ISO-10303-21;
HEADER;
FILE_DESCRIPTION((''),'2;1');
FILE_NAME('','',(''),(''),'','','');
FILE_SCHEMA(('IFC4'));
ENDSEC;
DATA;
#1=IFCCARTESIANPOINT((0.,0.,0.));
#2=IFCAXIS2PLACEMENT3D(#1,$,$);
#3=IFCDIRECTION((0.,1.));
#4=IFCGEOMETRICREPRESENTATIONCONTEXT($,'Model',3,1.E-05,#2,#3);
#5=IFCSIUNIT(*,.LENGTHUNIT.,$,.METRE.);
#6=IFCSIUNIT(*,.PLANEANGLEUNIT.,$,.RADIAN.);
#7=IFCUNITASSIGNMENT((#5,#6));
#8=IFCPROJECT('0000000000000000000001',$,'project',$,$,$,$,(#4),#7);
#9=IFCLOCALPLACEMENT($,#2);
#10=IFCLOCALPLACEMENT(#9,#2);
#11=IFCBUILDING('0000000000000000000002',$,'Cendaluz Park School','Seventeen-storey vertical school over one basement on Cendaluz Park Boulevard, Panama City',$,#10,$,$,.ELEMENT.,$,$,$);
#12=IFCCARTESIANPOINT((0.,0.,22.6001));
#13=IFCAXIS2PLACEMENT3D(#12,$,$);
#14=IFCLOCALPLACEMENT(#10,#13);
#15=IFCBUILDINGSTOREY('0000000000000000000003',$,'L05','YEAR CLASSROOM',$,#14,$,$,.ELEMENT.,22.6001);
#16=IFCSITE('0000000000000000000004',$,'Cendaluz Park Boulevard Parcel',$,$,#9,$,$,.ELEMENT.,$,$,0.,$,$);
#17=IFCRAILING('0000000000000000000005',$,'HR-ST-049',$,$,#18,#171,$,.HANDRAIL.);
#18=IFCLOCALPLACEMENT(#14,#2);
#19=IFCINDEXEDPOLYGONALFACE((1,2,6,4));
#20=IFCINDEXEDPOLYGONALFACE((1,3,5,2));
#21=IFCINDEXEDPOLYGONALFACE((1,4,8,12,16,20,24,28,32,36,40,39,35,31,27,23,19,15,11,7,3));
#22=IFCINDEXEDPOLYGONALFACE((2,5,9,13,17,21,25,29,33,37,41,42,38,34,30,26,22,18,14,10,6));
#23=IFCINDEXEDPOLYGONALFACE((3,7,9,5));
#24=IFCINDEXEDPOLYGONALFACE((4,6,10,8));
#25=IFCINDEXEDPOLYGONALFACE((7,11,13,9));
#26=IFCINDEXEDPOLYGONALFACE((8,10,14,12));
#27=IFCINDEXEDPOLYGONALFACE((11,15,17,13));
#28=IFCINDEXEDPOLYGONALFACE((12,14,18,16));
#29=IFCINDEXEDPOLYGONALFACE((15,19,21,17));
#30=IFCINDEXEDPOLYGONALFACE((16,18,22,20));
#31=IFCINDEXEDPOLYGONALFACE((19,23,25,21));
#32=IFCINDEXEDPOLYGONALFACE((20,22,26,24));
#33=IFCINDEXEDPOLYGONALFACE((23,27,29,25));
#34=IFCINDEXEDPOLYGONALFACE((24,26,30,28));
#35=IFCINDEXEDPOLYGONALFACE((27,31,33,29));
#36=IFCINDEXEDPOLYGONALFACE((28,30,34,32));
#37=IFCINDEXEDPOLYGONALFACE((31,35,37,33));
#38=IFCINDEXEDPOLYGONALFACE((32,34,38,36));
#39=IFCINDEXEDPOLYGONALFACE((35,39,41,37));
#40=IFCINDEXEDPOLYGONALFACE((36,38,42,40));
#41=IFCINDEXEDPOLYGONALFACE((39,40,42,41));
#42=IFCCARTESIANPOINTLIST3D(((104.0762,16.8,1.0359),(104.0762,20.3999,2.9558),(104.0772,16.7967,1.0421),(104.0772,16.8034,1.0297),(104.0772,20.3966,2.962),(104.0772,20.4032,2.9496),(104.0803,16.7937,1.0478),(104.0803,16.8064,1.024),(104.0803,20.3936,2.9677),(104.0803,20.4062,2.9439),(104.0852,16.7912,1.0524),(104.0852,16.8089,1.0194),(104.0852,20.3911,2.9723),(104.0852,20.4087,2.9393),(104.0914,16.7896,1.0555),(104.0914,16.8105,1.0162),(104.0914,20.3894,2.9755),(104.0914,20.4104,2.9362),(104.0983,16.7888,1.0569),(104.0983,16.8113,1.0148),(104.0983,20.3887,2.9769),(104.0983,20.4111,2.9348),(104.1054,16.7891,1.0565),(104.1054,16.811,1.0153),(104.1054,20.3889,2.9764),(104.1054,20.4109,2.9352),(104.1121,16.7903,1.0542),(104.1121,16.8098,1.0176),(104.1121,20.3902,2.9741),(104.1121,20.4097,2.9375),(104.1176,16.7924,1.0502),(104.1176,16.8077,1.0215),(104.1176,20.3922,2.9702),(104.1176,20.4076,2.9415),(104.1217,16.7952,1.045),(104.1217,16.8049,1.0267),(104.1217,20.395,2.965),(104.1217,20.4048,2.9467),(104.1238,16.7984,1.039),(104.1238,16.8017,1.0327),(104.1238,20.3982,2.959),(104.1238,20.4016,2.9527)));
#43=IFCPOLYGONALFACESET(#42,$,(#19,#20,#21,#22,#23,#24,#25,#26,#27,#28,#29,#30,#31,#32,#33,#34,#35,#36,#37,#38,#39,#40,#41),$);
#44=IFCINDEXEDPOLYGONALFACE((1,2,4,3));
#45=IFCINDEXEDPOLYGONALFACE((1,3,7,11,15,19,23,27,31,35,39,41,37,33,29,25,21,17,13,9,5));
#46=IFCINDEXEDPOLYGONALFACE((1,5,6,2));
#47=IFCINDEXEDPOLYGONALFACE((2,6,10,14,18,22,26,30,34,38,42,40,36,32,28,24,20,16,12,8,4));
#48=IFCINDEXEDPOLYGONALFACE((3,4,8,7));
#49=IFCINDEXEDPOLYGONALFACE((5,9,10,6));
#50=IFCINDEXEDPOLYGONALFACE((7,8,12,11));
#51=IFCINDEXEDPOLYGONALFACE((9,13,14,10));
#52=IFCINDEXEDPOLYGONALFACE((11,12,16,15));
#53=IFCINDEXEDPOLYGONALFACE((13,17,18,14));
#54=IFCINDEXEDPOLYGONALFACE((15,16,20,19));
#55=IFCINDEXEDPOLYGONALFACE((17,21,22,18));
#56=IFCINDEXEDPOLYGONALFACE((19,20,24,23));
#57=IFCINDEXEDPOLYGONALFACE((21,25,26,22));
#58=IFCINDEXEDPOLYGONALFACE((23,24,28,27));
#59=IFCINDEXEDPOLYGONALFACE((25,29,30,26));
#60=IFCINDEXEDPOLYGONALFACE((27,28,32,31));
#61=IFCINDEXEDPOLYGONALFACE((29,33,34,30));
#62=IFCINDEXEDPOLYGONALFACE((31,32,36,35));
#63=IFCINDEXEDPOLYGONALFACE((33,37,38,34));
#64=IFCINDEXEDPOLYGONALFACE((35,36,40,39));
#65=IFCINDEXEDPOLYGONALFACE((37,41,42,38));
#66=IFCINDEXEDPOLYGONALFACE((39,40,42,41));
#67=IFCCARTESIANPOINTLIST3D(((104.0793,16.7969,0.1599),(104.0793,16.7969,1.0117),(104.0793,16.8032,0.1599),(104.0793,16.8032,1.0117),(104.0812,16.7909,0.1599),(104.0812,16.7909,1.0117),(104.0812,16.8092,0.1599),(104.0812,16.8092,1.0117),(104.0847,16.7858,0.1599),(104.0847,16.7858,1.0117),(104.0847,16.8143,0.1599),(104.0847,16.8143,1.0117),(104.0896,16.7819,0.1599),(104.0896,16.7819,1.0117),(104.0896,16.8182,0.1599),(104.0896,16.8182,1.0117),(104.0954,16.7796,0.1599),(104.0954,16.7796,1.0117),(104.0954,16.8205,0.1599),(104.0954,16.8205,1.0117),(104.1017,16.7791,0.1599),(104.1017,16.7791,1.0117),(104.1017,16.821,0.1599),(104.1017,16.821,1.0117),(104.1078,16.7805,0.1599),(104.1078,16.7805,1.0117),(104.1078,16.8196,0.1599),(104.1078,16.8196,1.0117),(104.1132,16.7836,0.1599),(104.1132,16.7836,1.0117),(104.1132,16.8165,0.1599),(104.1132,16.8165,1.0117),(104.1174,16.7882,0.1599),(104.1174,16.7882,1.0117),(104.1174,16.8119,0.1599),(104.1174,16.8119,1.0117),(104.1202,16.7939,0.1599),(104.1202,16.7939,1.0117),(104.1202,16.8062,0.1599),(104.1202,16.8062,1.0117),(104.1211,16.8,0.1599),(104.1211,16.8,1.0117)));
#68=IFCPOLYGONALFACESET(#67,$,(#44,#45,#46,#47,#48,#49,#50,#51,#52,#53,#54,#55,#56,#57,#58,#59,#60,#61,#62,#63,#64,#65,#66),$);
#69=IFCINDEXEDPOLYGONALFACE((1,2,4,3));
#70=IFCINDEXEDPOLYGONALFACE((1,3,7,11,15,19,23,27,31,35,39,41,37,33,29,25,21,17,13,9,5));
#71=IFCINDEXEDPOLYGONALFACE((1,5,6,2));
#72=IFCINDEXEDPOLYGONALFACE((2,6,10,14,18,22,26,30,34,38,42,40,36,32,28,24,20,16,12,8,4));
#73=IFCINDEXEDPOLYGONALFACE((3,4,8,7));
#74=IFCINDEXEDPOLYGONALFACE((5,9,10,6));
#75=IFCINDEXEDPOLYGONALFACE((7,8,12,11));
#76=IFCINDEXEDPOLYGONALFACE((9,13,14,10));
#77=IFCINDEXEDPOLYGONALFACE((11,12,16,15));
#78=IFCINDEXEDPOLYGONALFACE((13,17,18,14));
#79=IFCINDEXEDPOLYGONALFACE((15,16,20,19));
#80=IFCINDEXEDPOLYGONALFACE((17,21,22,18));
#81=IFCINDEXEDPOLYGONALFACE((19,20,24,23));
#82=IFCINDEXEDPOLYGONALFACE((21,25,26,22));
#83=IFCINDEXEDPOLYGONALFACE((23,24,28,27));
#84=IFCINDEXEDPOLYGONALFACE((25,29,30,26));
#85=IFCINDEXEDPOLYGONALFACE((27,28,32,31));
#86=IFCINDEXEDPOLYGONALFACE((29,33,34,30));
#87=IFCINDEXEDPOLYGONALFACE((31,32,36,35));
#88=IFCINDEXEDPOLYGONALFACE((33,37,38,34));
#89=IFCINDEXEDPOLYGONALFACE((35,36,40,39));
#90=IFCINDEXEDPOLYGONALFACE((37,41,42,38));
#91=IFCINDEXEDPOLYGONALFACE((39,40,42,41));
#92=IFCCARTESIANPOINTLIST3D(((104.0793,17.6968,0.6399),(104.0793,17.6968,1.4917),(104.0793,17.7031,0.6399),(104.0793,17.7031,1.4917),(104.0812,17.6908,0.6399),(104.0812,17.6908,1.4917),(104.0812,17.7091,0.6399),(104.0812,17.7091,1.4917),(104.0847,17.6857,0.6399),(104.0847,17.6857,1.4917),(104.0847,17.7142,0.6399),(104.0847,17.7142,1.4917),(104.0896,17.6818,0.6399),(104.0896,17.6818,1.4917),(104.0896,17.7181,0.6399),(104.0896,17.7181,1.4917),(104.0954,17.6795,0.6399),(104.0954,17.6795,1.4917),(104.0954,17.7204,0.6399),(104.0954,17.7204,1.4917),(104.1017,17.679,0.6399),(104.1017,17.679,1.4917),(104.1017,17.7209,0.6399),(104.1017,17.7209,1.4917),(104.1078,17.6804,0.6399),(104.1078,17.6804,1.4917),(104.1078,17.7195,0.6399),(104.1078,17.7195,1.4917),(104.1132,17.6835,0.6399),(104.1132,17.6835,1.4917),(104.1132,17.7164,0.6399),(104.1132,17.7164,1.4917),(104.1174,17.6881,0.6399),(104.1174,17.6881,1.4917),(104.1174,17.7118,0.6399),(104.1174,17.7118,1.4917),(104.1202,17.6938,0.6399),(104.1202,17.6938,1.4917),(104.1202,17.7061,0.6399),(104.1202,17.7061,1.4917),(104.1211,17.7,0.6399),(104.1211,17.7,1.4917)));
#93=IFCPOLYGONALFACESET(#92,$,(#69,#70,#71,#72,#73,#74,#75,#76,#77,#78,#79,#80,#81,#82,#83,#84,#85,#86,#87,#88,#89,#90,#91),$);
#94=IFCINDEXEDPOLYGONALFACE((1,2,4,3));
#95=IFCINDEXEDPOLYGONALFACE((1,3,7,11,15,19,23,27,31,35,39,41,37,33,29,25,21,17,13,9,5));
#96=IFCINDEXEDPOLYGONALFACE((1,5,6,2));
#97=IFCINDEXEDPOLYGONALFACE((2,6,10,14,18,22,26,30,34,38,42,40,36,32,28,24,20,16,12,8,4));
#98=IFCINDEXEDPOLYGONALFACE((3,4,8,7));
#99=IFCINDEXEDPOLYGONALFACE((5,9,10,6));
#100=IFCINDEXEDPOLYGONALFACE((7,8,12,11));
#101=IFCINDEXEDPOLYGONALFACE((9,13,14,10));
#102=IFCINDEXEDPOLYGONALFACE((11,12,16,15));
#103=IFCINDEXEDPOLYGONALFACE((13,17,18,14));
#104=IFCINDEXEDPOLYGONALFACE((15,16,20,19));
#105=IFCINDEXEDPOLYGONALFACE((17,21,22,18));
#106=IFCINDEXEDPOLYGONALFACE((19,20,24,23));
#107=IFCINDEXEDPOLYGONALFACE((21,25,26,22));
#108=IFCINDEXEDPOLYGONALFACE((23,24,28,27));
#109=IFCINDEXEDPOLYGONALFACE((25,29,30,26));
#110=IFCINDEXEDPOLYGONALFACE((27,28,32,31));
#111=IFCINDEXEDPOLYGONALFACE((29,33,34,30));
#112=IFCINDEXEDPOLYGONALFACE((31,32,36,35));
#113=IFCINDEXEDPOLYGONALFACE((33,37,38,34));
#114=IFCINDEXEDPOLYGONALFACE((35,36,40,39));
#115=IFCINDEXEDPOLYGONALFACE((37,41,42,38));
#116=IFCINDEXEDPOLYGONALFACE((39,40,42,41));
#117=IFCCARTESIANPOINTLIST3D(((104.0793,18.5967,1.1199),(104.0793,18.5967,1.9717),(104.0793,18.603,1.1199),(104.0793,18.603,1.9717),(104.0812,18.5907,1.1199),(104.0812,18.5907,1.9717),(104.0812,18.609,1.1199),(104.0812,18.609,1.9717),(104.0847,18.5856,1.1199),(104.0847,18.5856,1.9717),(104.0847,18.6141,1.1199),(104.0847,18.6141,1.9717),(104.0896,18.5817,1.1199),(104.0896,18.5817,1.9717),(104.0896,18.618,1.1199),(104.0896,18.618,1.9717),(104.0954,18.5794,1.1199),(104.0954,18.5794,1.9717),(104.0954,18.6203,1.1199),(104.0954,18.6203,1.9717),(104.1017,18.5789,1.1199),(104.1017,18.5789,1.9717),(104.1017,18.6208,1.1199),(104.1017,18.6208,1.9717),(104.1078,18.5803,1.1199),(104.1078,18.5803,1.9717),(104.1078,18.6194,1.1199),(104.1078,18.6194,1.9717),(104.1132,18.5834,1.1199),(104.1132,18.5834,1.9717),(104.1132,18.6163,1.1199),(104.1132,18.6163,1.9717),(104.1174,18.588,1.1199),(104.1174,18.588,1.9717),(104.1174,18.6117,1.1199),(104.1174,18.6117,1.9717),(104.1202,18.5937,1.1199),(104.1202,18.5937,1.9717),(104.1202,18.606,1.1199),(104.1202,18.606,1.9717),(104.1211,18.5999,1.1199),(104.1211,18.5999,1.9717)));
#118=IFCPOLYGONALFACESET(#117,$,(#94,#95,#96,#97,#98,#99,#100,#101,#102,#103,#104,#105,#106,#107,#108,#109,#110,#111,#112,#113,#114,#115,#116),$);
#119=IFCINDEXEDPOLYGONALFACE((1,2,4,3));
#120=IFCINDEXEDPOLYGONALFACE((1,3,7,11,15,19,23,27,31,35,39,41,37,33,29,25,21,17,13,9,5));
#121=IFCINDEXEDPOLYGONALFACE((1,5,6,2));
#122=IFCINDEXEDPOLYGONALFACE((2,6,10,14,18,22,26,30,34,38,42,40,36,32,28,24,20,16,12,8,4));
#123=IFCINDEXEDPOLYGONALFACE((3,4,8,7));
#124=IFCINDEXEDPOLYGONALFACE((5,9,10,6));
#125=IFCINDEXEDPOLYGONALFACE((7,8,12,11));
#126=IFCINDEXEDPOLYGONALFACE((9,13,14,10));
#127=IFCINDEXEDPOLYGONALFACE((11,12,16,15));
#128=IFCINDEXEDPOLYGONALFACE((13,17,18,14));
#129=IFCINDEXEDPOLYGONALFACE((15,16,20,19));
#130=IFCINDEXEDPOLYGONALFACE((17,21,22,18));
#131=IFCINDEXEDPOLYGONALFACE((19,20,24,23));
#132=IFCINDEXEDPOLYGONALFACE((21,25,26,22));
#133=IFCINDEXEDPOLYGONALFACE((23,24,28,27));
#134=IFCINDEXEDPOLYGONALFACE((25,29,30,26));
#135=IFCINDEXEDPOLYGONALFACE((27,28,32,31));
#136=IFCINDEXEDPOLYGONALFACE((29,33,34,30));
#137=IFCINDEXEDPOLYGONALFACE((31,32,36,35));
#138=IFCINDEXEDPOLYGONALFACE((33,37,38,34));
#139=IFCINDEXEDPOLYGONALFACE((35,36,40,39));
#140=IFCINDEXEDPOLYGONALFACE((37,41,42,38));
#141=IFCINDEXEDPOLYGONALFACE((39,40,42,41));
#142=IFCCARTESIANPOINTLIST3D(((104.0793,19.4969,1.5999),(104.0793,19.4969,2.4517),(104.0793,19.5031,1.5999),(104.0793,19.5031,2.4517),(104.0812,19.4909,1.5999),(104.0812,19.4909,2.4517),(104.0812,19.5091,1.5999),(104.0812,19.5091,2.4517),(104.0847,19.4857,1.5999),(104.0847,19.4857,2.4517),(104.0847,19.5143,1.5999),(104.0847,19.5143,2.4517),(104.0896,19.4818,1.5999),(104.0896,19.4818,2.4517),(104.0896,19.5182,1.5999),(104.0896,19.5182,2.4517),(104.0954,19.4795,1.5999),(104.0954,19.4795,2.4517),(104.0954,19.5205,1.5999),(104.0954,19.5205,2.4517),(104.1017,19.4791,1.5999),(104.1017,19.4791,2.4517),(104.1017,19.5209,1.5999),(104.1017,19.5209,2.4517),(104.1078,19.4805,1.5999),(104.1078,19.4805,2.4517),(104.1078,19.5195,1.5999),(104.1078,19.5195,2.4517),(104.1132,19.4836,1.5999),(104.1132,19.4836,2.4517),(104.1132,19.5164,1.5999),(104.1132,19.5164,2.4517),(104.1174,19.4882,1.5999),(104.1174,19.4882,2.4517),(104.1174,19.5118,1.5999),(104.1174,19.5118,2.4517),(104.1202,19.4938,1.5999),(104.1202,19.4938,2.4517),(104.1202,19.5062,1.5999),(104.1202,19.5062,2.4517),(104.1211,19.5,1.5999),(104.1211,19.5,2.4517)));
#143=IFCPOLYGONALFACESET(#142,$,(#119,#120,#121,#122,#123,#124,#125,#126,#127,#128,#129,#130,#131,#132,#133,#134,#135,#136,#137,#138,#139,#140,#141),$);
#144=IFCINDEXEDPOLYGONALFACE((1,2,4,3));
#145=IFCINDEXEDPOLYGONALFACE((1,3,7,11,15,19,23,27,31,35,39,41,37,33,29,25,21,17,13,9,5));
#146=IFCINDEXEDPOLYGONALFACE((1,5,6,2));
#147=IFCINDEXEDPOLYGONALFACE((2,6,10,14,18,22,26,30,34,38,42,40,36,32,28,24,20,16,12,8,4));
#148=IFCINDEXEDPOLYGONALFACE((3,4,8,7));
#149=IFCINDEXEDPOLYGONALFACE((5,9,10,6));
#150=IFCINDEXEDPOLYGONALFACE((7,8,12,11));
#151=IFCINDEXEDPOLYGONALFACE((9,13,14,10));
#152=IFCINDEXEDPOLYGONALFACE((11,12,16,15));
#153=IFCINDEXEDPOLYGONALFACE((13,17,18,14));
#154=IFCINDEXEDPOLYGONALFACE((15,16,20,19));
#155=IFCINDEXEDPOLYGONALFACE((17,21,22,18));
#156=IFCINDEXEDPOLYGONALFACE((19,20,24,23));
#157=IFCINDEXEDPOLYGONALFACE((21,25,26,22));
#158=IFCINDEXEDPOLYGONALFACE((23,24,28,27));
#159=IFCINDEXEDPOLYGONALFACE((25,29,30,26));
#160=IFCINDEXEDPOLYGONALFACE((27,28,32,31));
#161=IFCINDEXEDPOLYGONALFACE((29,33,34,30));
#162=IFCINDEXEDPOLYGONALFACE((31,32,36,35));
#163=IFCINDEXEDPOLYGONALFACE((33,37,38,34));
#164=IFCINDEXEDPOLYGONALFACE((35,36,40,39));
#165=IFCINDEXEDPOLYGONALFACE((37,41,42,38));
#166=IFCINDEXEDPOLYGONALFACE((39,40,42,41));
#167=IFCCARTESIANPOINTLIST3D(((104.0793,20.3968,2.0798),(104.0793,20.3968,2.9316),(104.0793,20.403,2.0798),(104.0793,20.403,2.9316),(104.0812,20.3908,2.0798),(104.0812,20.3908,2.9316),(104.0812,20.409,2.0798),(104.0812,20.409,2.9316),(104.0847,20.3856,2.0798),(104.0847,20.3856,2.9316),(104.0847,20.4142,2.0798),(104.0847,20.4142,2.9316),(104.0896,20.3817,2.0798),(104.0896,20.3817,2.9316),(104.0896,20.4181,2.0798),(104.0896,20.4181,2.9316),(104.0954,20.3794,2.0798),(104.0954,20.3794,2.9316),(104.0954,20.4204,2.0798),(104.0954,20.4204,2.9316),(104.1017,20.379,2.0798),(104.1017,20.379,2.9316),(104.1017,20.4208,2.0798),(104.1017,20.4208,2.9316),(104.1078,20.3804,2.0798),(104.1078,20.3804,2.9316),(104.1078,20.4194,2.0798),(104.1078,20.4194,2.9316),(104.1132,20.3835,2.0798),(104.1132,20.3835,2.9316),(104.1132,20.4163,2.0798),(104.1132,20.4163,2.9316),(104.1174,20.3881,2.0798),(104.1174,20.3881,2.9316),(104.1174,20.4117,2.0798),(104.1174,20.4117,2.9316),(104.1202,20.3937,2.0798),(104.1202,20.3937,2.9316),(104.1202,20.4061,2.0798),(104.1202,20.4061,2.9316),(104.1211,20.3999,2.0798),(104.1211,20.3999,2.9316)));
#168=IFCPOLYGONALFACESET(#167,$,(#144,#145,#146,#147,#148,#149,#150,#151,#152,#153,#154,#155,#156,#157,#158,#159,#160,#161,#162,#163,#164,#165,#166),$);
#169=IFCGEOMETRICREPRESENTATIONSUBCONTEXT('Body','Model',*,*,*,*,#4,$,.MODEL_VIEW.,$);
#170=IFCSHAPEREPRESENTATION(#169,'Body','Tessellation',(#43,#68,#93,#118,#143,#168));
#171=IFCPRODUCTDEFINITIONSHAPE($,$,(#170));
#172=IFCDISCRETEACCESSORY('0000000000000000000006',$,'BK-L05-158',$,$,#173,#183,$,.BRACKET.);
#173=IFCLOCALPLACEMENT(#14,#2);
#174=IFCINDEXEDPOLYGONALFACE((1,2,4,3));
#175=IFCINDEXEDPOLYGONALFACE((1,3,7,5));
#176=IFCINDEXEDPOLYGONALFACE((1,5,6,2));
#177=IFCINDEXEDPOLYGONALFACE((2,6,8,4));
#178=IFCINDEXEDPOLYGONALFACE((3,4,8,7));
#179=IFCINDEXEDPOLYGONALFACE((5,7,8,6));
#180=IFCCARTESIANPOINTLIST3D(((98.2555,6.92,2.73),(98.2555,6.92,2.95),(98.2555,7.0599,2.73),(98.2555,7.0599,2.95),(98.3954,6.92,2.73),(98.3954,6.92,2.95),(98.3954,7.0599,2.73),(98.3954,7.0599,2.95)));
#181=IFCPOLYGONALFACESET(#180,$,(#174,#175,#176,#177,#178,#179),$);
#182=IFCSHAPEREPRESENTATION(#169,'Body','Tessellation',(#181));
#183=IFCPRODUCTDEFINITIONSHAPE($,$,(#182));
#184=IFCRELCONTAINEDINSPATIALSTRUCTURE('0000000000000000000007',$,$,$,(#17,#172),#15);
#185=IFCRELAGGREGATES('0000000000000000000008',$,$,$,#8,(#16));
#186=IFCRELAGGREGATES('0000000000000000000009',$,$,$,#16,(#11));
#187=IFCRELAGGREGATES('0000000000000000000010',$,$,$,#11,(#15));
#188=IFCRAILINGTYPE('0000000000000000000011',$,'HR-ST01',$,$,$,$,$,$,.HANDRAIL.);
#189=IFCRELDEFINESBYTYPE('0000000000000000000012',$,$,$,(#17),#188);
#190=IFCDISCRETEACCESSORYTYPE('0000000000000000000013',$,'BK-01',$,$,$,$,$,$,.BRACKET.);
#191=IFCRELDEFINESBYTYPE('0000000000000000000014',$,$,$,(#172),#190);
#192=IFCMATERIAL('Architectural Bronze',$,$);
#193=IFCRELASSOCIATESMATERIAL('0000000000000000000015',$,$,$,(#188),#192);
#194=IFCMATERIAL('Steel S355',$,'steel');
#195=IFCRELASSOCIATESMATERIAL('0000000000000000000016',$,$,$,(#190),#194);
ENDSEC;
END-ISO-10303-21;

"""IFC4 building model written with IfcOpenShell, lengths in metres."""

from ifc_helpers import new_model, si_unit, direction, frame, origin, origin_2d, place, context, subcontext, project, spatial, rectangle, circle, extrude, material, type_object, element, save


model = new_model("IFC4")

# Units and contexts
model_context = context("Model", 3, precision=1e-05, world=origin(), true_north=direction((0.0, 1.0)))
body_context = subcontext(model_context, "Body", "Model", "MODEL_VIEW")
ifc_project = project(units=[si_unit("LENGTHUNIT", "METRE"), si_unit("PLANEANGLEUNIT", "RADIAN")], contexts=[model_context])

# Site, building, storey
site_placement = place(None, origin())
site = spatial("IfcSite", under=ifc_project, at=site_placement, Name="Cendaluz Park Boulevard Parcel", CompositionType="ELEMENT", RefElevation=0.0)
building_placement = place(site_placement, origin())
building = spatial("IfcBuilding", under=site, at=building_placement, Name="Cendaluz Park School", Description="Seventeen-storey vertical school over one basement on Cendaluz Park Boulevard, Panama City", CompositionType="ELEMENT")
storey_placement = place(building_placement, frame((0.0, 0.0, 22.6001)))
storey = spatial("IfcBuildingStorey", under=building, at=storey_placement, Name="L05", Description="YEAR CLASSROOM", CompositionType="ELEMENT", Elevation=22.6001)

# Railing
ifc_material_1 = material(Name="Architectural Bronze")
railing_type_1 = type_object("IfcRailingType", Name="HR-ST01", PredefinedType="HANDRAIL", material=ifc_material_1)
railing_1_placement = place(storey_placement, frame((104.1001, 16.8, 0.1599)))
element("IfcRailing", 1, at=railing_1_placement, inside=storey, type_object=railing_type_1, Name="HR-ST-049", PredefinedType="HANDRAIL", context=body_context, shape_type="SweptSolid", body=[
    extrude(circle(Radius=0.0239, at=origin_2d()), frame((0.0, 0.0, 0.876), z_axis=(0.0, 0.882353, 0.470588), x_axis=(-1.0, 0.0, 0.0)), (0.0, 0.0, 1.0), 4.0798),
    extrude(circle(Radius=0.021, at=origin_2d()), origin(), (0.0, 0.0, 1.0), 0.8518),
    extrude(circle(Radius=0.021, at=origin_2d()), frame((0.0, 0.8999, 0.48)), (0.0, 0.0, 1.0), 0.8518),
    extrude(circle(Radius=0.021, at=origin_2d()), frame((0.0, 1.7998, 0.96)), (0.0, 0.0, 1.0), 0.8518),
    extrude(circle(Radius=0.021, at=origin_2d()), frame((0.0, 2.7, 1.4399)), (0.0, 0.0, 1.0), 0.8518),
    extrude(circle(Radius=0.021, at=origin_2d()), frame((0.0, 3.5999, 1.9199)), (0.0, 0.0, 1.0), 0.8518),
])

# Discrete accessory
ifc_material_2 = material(Name="Steel S355", Category="steel")
discrete_accessory_type = type_object("IfcDiscreteAccessoryType", Name="BK-01", PredefinedType="BRACKET", material=ifc_material_2)
discrete_accessory_placement = place(storey_placement, frame((98.3254, 6.99, 2.73), z_axis=(0.0, 0.0, 1.0), x_axis=(1.0, 0.0, 0.0)))
element("IfcDiscreteAccessory", 2, at=discrete_accessory_placement, inside=storey, type_object=discrete_accessory_type, Name="BK-L05-158", PredefinedType="BRACKET", context=body_context, shape_type="SweptSolid", body=[
    extrude(rectangle(XDim=0.1399, YDim=0.1399, at=origin_2d()), origin(), (0.0, 0.0, 1.0), 0.22),
])

save(model, "model.ifc")
